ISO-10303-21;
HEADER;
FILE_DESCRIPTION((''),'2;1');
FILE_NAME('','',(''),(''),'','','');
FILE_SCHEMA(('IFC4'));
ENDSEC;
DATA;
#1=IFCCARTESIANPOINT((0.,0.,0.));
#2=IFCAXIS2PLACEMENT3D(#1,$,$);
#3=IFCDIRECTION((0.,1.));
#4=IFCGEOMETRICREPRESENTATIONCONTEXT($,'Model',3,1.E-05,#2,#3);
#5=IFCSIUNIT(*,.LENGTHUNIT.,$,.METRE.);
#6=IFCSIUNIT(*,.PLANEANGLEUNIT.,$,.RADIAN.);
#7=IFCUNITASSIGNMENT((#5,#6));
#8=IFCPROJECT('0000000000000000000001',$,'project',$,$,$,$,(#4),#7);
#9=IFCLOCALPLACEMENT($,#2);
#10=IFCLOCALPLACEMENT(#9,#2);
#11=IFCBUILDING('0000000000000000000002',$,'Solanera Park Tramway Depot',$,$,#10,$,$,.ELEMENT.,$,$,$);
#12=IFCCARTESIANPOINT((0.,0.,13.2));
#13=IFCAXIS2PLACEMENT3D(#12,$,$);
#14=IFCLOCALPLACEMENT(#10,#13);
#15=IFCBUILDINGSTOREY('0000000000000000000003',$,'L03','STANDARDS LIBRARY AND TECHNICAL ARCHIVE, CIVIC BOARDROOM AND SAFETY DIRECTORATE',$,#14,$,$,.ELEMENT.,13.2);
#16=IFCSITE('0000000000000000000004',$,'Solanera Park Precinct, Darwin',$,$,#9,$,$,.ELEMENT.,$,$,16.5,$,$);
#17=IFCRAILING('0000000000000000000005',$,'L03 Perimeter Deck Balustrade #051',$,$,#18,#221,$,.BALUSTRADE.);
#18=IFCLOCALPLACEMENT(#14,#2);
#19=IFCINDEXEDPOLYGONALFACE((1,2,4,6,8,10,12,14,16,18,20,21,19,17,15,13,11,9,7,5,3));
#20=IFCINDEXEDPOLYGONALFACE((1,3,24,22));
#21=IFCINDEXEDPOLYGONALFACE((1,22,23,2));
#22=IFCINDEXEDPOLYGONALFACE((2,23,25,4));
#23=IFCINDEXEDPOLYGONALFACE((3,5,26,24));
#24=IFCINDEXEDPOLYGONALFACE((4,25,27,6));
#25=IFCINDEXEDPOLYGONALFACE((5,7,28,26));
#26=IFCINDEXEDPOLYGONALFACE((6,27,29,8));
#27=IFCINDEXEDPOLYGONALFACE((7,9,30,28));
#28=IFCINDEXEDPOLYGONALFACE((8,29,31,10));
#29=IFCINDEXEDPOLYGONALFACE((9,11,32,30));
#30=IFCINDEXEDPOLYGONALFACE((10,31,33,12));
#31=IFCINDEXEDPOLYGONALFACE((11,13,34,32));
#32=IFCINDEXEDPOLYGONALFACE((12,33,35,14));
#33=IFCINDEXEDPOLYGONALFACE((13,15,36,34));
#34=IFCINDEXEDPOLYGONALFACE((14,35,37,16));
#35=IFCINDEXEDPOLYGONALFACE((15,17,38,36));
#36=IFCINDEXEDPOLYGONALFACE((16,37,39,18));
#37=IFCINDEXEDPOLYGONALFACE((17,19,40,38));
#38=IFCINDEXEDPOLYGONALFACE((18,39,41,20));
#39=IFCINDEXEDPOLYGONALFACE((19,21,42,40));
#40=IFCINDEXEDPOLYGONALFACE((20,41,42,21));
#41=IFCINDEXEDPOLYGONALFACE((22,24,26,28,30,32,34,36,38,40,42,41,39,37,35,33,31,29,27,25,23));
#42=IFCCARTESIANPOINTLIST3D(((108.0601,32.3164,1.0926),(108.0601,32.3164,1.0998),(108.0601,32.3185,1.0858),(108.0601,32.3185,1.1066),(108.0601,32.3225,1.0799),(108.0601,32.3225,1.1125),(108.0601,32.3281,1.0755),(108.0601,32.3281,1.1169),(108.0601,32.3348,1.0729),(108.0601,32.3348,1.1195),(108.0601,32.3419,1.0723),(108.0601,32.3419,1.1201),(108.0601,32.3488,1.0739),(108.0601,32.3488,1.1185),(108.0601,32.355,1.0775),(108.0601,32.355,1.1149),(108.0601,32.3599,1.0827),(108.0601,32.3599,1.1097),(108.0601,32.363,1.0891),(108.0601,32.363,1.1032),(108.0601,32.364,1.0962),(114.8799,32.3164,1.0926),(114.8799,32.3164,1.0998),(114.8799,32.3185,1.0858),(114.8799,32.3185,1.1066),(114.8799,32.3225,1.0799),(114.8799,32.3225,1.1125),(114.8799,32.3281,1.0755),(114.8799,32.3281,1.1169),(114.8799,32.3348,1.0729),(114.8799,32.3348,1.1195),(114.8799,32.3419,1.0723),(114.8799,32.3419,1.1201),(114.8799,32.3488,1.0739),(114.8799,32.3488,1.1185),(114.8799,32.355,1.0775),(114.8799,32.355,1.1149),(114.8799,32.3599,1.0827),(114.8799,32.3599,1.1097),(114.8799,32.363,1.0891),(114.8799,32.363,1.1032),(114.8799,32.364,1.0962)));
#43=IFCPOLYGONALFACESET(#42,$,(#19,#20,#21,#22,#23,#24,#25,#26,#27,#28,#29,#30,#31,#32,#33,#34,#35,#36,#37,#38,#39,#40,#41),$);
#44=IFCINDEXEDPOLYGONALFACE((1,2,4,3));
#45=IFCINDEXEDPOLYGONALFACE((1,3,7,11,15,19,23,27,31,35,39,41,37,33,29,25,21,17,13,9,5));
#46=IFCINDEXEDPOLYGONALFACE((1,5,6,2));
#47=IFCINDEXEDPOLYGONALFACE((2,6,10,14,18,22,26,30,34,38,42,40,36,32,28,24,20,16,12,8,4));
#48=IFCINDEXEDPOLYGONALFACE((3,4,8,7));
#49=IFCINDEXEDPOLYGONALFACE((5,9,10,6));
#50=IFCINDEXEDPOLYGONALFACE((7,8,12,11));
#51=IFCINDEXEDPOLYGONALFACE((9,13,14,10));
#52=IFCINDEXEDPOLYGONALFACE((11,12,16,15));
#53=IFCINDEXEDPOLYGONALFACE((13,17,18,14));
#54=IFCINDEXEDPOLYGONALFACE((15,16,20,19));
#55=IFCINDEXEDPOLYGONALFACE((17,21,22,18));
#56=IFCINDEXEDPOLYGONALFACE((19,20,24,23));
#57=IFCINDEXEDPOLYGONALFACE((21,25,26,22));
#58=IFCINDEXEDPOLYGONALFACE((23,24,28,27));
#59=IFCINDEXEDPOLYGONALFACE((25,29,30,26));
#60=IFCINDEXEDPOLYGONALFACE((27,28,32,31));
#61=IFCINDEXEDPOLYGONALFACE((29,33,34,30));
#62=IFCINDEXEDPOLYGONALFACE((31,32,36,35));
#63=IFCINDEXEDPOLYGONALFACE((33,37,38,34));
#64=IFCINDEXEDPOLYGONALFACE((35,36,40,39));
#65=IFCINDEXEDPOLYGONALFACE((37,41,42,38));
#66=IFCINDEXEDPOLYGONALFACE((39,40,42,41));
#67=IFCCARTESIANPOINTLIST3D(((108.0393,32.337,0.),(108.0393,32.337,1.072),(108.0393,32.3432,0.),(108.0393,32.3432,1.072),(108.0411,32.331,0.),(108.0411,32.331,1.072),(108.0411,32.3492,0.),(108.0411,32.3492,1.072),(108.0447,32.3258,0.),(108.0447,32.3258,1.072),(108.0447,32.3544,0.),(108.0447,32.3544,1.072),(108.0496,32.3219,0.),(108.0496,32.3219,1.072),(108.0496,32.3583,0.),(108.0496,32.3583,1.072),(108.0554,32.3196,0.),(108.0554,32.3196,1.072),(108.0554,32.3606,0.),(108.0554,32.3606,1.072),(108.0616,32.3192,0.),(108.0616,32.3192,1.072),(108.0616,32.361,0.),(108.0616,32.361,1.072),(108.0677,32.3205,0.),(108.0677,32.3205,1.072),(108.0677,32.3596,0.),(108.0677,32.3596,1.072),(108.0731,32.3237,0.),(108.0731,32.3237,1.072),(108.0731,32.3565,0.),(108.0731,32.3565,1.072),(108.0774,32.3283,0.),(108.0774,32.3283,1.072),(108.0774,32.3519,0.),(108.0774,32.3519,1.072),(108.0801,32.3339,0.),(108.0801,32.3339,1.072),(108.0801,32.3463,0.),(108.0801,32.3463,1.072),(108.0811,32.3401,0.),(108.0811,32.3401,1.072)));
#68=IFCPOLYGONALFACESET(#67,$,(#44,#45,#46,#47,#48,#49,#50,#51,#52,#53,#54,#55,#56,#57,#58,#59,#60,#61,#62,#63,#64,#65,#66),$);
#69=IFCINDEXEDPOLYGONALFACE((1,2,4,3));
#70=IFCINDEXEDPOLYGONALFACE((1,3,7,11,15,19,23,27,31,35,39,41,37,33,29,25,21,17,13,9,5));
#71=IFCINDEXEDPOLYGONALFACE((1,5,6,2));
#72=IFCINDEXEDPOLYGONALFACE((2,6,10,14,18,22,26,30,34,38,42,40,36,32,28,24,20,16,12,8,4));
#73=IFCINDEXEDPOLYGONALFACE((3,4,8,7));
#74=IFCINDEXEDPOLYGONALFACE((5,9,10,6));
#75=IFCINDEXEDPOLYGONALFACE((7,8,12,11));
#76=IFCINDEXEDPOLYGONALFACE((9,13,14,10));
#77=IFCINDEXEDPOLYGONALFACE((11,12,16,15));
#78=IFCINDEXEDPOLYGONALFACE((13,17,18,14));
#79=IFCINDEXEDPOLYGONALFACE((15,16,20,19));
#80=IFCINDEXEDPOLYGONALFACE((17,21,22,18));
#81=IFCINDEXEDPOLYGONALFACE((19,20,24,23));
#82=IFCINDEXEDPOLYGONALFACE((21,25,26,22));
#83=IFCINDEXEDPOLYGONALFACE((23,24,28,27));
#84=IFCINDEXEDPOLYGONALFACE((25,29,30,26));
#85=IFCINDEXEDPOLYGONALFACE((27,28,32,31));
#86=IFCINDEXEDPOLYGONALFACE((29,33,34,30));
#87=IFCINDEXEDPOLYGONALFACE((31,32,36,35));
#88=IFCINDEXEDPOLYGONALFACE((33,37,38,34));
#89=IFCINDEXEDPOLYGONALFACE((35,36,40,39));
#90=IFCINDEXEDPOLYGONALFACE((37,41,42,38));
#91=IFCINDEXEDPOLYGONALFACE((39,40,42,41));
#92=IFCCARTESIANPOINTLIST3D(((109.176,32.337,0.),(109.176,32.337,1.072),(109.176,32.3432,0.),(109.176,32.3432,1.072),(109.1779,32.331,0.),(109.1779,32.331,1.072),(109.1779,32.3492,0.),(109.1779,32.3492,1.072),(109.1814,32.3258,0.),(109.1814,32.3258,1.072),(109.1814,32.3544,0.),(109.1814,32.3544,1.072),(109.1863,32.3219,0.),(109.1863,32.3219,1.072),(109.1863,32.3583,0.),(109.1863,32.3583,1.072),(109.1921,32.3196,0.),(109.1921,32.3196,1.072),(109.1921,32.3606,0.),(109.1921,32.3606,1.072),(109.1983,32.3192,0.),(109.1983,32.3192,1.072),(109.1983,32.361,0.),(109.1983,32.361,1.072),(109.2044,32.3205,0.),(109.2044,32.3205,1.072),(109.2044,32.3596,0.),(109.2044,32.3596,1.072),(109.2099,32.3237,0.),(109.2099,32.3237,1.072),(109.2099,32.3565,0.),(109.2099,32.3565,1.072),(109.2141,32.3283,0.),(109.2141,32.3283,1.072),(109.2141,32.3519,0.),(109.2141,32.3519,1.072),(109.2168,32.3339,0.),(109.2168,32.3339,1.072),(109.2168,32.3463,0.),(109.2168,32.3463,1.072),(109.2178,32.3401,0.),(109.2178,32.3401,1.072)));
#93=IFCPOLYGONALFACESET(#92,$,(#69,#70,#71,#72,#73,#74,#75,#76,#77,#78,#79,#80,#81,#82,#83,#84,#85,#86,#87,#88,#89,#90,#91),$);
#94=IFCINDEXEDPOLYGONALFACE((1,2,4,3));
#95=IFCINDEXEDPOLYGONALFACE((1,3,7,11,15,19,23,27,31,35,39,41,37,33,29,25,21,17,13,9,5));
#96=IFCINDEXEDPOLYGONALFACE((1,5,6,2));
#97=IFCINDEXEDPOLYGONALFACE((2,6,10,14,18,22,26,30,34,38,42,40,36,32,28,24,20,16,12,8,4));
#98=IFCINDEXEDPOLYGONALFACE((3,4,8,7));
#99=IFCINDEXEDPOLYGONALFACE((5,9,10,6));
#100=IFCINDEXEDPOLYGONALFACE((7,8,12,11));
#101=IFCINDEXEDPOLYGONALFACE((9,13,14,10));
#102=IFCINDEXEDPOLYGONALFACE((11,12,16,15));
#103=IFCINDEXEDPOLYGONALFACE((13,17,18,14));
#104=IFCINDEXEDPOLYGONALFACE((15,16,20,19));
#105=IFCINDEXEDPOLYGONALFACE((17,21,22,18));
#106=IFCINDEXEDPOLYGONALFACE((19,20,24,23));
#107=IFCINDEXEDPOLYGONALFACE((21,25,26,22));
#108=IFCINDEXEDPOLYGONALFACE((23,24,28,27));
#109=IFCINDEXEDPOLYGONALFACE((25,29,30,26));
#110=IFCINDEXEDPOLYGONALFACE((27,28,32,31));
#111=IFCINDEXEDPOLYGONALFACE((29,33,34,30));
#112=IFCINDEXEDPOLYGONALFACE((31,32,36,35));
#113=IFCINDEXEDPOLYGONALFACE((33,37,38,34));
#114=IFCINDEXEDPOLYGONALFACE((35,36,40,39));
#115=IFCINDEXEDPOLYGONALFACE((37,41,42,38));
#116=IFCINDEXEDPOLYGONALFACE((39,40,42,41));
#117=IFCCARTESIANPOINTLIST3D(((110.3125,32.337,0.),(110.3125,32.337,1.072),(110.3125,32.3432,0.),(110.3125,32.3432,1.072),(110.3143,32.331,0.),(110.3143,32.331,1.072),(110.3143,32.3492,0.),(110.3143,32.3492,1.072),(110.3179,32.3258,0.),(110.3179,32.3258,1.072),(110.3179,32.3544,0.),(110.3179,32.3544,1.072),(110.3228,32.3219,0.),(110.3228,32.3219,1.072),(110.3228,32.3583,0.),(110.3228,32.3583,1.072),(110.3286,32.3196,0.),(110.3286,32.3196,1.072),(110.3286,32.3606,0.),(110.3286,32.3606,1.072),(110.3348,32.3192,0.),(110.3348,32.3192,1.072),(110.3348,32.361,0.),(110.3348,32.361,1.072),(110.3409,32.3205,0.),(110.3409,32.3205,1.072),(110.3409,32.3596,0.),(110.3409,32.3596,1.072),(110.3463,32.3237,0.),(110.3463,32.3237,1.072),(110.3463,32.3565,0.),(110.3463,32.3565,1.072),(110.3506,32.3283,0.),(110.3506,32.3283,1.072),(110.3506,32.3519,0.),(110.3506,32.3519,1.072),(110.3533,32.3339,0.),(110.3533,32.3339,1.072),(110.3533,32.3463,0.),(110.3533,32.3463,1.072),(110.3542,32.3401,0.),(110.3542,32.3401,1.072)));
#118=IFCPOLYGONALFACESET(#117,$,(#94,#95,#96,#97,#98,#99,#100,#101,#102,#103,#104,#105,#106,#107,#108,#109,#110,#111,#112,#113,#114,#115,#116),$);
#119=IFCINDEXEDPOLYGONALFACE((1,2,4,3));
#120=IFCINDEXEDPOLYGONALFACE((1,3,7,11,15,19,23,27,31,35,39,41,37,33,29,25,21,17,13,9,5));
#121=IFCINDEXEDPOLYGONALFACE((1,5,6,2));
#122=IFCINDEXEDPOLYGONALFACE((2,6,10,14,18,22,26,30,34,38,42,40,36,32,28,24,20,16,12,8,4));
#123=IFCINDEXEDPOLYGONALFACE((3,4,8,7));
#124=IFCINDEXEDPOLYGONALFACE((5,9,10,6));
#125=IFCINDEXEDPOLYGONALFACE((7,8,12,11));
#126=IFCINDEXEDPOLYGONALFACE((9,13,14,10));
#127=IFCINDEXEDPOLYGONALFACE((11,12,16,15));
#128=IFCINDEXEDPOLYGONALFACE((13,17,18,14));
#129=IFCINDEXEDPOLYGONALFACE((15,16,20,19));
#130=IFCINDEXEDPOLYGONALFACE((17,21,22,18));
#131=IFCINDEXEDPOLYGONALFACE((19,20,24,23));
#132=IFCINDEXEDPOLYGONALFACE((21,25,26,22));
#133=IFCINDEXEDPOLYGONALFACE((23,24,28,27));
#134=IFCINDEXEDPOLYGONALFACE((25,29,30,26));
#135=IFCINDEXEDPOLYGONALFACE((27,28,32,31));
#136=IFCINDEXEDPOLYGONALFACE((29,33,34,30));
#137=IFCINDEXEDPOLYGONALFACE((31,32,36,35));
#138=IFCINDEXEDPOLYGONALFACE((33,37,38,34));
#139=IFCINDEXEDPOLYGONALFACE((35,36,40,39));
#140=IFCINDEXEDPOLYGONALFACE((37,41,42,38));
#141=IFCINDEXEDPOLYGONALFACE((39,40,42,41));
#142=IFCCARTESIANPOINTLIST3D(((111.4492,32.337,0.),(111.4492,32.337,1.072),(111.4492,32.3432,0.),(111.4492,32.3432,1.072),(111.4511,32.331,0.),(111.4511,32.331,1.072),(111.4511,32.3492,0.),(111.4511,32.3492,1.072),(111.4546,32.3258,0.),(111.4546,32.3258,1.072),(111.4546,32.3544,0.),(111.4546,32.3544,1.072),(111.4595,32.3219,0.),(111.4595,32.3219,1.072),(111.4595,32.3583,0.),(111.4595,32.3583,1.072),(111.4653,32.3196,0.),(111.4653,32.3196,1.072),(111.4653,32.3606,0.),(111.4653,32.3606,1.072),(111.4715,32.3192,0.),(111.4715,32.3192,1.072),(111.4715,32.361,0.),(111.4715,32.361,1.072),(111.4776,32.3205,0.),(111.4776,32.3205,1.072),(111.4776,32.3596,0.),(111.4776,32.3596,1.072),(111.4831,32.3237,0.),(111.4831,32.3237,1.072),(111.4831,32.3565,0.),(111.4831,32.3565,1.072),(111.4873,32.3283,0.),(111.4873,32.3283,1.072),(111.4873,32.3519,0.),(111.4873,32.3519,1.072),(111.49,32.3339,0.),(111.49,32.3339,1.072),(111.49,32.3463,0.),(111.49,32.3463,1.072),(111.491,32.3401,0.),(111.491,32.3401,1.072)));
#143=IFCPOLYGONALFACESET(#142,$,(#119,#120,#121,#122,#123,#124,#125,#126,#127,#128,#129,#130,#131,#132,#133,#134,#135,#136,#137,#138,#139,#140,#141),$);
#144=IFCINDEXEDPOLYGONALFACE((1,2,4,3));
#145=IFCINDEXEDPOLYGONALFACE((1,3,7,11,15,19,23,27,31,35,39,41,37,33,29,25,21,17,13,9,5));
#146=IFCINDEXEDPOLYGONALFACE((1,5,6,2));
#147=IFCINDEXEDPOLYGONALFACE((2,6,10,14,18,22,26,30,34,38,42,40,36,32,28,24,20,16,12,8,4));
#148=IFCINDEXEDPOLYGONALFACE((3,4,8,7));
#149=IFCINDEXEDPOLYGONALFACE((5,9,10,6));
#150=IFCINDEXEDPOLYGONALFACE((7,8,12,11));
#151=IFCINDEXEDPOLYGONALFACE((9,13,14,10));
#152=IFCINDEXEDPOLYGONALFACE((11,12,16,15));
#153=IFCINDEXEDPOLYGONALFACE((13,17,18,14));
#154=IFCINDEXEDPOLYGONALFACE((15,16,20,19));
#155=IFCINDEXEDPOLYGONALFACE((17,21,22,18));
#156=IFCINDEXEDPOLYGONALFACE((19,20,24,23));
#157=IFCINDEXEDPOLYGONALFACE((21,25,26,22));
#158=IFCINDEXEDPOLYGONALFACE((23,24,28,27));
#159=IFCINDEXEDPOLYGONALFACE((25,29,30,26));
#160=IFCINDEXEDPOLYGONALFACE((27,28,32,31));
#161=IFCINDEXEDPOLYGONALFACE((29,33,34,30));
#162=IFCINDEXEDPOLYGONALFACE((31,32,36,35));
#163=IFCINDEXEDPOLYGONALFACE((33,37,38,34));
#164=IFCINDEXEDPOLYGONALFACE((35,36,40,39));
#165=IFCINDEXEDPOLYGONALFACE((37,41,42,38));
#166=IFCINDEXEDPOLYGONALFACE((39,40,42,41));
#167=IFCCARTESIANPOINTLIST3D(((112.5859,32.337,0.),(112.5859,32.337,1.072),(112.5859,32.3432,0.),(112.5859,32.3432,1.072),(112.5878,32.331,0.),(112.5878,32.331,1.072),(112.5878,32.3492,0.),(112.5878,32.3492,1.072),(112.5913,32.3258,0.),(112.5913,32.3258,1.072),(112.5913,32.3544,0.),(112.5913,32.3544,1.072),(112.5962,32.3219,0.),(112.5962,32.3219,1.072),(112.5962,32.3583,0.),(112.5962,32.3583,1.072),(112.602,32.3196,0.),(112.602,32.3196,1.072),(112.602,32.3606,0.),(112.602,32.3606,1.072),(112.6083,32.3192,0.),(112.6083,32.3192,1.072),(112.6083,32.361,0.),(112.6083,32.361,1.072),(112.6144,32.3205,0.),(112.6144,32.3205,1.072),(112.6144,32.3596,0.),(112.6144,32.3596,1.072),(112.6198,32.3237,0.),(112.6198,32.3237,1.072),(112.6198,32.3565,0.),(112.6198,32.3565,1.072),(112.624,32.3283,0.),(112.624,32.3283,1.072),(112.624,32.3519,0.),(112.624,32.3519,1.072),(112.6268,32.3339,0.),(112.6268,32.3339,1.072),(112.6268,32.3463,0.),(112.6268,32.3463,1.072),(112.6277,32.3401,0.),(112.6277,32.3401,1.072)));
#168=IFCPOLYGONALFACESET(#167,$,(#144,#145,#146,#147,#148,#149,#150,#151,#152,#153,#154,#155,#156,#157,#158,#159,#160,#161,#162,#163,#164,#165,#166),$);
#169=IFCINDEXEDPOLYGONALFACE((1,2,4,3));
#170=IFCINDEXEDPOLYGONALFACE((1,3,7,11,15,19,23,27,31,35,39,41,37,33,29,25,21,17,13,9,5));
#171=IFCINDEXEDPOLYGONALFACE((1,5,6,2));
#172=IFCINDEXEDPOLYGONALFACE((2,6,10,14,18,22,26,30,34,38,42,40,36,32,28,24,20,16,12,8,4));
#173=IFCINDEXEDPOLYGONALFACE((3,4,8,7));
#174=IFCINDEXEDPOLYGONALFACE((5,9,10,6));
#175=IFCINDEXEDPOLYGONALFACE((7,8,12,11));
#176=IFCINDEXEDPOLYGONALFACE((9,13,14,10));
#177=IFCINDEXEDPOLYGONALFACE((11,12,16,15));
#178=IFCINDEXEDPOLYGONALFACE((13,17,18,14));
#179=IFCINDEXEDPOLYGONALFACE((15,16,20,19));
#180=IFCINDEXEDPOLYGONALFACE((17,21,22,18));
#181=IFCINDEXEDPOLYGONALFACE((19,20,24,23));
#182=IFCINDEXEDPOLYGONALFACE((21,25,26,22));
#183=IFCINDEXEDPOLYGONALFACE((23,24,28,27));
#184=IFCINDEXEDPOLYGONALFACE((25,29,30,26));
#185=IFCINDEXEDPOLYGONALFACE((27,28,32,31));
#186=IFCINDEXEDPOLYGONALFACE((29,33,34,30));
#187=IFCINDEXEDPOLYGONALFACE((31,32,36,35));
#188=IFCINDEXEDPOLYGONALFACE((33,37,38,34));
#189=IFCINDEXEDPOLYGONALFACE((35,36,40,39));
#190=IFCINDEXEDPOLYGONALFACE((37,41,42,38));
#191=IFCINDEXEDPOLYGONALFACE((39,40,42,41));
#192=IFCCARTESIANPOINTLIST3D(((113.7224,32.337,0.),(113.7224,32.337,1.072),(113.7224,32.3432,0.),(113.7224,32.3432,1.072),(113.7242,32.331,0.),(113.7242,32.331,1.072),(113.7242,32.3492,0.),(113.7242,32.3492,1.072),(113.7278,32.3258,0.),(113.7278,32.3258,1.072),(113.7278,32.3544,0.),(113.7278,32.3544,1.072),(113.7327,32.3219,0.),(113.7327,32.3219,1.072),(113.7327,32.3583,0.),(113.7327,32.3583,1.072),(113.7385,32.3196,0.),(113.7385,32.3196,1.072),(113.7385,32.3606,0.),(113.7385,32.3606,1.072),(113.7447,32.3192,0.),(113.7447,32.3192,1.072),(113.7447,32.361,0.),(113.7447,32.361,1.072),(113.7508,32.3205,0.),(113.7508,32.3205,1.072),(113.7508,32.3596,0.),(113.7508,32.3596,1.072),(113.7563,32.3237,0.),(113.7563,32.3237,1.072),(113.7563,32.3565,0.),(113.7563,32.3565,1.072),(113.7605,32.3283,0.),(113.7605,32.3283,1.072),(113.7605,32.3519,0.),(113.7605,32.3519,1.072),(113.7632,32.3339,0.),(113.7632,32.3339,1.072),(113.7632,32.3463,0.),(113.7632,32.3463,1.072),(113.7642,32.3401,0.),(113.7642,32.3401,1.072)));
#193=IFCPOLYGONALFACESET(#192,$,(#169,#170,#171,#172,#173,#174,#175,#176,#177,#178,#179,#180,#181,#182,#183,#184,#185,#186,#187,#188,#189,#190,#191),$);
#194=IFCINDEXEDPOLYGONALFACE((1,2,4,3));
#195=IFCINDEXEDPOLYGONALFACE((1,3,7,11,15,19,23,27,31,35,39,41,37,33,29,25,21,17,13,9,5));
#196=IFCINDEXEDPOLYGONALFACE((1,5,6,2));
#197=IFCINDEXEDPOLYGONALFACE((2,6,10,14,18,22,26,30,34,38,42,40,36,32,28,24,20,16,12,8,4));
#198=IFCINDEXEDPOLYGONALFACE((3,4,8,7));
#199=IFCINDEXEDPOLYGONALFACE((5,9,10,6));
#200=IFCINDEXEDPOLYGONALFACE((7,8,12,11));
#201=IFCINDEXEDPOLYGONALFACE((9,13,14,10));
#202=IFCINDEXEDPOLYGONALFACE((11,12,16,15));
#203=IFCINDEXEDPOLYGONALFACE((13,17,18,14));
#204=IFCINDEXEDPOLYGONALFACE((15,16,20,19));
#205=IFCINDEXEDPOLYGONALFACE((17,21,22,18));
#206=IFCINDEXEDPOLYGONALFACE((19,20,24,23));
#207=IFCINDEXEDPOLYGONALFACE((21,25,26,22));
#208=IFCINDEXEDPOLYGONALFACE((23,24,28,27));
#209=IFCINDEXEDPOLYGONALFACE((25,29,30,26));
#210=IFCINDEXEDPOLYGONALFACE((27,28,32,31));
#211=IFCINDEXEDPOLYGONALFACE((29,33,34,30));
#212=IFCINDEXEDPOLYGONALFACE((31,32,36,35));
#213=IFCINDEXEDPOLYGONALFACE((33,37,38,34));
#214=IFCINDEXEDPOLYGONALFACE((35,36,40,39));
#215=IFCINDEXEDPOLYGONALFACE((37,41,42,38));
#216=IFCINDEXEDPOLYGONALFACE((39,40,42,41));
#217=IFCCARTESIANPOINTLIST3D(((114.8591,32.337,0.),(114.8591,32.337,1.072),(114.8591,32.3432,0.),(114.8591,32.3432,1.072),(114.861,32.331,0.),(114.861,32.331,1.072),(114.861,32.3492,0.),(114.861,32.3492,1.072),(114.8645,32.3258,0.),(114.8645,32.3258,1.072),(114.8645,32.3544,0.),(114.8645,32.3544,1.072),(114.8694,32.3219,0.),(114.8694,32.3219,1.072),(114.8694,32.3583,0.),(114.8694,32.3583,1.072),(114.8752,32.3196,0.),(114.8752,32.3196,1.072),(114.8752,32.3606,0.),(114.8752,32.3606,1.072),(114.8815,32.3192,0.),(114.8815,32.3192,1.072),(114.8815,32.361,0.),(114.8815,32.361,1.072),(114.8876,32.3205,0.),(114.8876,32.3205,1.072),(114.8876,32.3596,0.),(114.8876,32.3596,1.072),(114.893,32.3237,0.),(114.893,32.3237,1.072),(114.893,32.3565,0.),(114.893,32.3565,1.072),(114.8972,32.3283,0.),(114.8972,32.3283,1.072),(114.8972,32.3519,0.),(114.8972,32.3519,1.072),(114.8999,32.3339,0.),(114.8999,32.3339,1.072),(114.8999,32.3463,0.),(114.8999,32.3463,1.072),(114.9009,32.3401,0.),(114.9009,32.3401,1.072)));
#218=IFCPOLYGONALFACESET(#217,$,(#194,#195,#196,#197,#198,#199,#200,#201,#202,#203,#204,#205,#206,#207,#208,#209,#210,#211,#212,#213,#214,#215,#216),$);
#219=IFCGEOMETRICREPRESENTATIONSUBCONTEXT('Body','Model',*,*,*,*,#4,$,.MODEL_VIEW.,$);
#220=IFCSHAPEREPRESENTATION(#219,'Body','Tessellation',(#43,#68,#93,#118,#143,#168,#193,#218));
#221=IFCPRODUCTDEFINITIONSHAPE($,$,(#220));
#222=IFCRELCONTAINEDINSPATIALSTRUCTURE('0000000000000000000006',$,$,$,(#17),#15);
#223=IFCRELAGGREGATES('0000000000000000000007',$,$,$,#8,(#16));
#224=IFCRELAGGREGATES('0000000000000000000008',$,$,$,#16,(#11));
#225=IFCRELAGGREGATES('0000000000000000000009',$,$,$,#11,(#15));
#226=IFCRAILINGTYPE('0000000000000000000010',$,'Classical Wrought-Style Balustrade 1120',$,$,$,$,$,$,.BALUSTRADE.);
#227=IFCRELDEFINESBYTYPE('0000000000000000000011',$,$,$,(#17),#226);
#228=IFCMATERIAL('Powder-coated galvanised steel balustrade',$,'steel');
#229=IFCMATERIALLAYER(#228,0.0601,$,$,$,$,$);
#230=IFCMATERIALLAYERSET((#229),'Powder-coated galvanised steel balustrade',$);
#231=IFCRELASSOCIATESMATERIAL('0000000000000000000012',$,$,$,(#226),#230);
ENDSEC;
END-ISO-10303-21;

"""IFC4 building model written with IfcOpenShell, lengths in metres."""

from ifc_helpers import new_model, si_unit, direction, frame, origin, origin_2d, place, context, subcontext, project, spatial, circle, extrude, material, layer, layer_set, type_object, element, save


model = new_model("IFC4")

# Units and contexts
model_context = context("Model", 3, precision=1e-05, world=origin(), true_north=direction((0.0, 1.0)))
body_context = subcontext(model_context, "Body", "Model", "MODEL_VIEW")
ifc_project = project(units=[si_unit("LENGTHUNIT", "METRE"), si_unit("PLANEANGLEUNIT", "RADIAN")], contexts=[model_context])

# Site, building, storey
site_placement = place(None, origin())
site = spatial("IfcSite", under=ifc_project, at=site_placement, Name="Solanera Park Precinct, Darwin", CompositionType="ELEMENT", RefElevation=16.5)
building_placement = place(site_placement, origin())
building = spatial("IfcBuilding", under=site, at=building_placement, Name="Solanera Park Tramway Depot", CompositionType="ELEMENT")
storey_placement = place(building_placement, frame((0.0, 0.0, 13.2)))
storey = spatial("IfcBuildingStorey", under=building, at=storey_placement, Name="L03", Description="STANDARDS LIBRARY AND TECHNICAL ARCHIVE, CIVIC BOARDROOM AND SAFETY DIRECTORATE", CompositionType="ELEMENT", Elevation=13.2)

# Railing
ifc_material_1 = material(Name="Powder-coated galvanised steel balustrade", Category="steel")
ifc_layer_1 = layer(ifc_material_1, 0.0601)
ifc_layer_set_1 = layer_set([ifc_layer_1], Name="Powder-coated galvanised steel balustrade")
railing_type = type_object("IfcRailingType", Name="Classical Wrought-Style Balustrade 1120", PredefinedType="BALUSTRADE", material=ifc_layer_set_1)
railing_placement = place(storey_placement, frame((108.0601, 32.3401, 0.0)))
element("IfcRailing", 1, at=railing_placement, inside=storey, type_object=railing_type, Name="L03 Perimeter Deck Balustrade #051", PredefinedType="BALUSTRADE", context=body_context, shape_type="SweptSolid", body=[
    extrude(circle(Radius=0.0239, at=origin_2d()), frame((0.0, 0.0, 1.0962), z_axis=(1.0, 0.0, 0.0), x_axis=(0.0, 1.0, 0.0)), (0.0, 0.0, 1.0), 6.8198),
    extrude(circle(Radius=0.021, at=origin_2d()), origin(), (0.0, 0.0, 1.0), 1.072),
    extrude(circle(Radius=0.021, at=origin_2d()), frame((1.1367, 0.0, 0.0)), (0.0, 0.0, 1.0), 1.072),
    extrude(circle(Radius=0.021, at=origin_2d()), frame((2.2732, 0.0, 0.0)), (0.0, 0.0, 1.0), 1.072),
    extrude(circle(Radius=0.021, at=origin_2d()), frame((3.4099, 0.0, 0.0)), (0.0, 0.0, 1.0), 1.072),
    extrude(circle(Radius=0.021, at=origin_2d()), frame((4.5466, 0.0, 0.0)), (0.0, 0.0, 1.0), 1.072),
    extrude(circle(Radius=0.021, at=origin_2d()), frame((5.6831, 0.0, 0.0)), (0.0, 0.0, 1.0), 1.072),
    extrude(circle(Radius=0.021, at=origin_2d()), frame((6.8198, 0.0, 0.0)), (0.0, 0.0, 1.0), 1.072),
])

save(model, "model.ifc")
